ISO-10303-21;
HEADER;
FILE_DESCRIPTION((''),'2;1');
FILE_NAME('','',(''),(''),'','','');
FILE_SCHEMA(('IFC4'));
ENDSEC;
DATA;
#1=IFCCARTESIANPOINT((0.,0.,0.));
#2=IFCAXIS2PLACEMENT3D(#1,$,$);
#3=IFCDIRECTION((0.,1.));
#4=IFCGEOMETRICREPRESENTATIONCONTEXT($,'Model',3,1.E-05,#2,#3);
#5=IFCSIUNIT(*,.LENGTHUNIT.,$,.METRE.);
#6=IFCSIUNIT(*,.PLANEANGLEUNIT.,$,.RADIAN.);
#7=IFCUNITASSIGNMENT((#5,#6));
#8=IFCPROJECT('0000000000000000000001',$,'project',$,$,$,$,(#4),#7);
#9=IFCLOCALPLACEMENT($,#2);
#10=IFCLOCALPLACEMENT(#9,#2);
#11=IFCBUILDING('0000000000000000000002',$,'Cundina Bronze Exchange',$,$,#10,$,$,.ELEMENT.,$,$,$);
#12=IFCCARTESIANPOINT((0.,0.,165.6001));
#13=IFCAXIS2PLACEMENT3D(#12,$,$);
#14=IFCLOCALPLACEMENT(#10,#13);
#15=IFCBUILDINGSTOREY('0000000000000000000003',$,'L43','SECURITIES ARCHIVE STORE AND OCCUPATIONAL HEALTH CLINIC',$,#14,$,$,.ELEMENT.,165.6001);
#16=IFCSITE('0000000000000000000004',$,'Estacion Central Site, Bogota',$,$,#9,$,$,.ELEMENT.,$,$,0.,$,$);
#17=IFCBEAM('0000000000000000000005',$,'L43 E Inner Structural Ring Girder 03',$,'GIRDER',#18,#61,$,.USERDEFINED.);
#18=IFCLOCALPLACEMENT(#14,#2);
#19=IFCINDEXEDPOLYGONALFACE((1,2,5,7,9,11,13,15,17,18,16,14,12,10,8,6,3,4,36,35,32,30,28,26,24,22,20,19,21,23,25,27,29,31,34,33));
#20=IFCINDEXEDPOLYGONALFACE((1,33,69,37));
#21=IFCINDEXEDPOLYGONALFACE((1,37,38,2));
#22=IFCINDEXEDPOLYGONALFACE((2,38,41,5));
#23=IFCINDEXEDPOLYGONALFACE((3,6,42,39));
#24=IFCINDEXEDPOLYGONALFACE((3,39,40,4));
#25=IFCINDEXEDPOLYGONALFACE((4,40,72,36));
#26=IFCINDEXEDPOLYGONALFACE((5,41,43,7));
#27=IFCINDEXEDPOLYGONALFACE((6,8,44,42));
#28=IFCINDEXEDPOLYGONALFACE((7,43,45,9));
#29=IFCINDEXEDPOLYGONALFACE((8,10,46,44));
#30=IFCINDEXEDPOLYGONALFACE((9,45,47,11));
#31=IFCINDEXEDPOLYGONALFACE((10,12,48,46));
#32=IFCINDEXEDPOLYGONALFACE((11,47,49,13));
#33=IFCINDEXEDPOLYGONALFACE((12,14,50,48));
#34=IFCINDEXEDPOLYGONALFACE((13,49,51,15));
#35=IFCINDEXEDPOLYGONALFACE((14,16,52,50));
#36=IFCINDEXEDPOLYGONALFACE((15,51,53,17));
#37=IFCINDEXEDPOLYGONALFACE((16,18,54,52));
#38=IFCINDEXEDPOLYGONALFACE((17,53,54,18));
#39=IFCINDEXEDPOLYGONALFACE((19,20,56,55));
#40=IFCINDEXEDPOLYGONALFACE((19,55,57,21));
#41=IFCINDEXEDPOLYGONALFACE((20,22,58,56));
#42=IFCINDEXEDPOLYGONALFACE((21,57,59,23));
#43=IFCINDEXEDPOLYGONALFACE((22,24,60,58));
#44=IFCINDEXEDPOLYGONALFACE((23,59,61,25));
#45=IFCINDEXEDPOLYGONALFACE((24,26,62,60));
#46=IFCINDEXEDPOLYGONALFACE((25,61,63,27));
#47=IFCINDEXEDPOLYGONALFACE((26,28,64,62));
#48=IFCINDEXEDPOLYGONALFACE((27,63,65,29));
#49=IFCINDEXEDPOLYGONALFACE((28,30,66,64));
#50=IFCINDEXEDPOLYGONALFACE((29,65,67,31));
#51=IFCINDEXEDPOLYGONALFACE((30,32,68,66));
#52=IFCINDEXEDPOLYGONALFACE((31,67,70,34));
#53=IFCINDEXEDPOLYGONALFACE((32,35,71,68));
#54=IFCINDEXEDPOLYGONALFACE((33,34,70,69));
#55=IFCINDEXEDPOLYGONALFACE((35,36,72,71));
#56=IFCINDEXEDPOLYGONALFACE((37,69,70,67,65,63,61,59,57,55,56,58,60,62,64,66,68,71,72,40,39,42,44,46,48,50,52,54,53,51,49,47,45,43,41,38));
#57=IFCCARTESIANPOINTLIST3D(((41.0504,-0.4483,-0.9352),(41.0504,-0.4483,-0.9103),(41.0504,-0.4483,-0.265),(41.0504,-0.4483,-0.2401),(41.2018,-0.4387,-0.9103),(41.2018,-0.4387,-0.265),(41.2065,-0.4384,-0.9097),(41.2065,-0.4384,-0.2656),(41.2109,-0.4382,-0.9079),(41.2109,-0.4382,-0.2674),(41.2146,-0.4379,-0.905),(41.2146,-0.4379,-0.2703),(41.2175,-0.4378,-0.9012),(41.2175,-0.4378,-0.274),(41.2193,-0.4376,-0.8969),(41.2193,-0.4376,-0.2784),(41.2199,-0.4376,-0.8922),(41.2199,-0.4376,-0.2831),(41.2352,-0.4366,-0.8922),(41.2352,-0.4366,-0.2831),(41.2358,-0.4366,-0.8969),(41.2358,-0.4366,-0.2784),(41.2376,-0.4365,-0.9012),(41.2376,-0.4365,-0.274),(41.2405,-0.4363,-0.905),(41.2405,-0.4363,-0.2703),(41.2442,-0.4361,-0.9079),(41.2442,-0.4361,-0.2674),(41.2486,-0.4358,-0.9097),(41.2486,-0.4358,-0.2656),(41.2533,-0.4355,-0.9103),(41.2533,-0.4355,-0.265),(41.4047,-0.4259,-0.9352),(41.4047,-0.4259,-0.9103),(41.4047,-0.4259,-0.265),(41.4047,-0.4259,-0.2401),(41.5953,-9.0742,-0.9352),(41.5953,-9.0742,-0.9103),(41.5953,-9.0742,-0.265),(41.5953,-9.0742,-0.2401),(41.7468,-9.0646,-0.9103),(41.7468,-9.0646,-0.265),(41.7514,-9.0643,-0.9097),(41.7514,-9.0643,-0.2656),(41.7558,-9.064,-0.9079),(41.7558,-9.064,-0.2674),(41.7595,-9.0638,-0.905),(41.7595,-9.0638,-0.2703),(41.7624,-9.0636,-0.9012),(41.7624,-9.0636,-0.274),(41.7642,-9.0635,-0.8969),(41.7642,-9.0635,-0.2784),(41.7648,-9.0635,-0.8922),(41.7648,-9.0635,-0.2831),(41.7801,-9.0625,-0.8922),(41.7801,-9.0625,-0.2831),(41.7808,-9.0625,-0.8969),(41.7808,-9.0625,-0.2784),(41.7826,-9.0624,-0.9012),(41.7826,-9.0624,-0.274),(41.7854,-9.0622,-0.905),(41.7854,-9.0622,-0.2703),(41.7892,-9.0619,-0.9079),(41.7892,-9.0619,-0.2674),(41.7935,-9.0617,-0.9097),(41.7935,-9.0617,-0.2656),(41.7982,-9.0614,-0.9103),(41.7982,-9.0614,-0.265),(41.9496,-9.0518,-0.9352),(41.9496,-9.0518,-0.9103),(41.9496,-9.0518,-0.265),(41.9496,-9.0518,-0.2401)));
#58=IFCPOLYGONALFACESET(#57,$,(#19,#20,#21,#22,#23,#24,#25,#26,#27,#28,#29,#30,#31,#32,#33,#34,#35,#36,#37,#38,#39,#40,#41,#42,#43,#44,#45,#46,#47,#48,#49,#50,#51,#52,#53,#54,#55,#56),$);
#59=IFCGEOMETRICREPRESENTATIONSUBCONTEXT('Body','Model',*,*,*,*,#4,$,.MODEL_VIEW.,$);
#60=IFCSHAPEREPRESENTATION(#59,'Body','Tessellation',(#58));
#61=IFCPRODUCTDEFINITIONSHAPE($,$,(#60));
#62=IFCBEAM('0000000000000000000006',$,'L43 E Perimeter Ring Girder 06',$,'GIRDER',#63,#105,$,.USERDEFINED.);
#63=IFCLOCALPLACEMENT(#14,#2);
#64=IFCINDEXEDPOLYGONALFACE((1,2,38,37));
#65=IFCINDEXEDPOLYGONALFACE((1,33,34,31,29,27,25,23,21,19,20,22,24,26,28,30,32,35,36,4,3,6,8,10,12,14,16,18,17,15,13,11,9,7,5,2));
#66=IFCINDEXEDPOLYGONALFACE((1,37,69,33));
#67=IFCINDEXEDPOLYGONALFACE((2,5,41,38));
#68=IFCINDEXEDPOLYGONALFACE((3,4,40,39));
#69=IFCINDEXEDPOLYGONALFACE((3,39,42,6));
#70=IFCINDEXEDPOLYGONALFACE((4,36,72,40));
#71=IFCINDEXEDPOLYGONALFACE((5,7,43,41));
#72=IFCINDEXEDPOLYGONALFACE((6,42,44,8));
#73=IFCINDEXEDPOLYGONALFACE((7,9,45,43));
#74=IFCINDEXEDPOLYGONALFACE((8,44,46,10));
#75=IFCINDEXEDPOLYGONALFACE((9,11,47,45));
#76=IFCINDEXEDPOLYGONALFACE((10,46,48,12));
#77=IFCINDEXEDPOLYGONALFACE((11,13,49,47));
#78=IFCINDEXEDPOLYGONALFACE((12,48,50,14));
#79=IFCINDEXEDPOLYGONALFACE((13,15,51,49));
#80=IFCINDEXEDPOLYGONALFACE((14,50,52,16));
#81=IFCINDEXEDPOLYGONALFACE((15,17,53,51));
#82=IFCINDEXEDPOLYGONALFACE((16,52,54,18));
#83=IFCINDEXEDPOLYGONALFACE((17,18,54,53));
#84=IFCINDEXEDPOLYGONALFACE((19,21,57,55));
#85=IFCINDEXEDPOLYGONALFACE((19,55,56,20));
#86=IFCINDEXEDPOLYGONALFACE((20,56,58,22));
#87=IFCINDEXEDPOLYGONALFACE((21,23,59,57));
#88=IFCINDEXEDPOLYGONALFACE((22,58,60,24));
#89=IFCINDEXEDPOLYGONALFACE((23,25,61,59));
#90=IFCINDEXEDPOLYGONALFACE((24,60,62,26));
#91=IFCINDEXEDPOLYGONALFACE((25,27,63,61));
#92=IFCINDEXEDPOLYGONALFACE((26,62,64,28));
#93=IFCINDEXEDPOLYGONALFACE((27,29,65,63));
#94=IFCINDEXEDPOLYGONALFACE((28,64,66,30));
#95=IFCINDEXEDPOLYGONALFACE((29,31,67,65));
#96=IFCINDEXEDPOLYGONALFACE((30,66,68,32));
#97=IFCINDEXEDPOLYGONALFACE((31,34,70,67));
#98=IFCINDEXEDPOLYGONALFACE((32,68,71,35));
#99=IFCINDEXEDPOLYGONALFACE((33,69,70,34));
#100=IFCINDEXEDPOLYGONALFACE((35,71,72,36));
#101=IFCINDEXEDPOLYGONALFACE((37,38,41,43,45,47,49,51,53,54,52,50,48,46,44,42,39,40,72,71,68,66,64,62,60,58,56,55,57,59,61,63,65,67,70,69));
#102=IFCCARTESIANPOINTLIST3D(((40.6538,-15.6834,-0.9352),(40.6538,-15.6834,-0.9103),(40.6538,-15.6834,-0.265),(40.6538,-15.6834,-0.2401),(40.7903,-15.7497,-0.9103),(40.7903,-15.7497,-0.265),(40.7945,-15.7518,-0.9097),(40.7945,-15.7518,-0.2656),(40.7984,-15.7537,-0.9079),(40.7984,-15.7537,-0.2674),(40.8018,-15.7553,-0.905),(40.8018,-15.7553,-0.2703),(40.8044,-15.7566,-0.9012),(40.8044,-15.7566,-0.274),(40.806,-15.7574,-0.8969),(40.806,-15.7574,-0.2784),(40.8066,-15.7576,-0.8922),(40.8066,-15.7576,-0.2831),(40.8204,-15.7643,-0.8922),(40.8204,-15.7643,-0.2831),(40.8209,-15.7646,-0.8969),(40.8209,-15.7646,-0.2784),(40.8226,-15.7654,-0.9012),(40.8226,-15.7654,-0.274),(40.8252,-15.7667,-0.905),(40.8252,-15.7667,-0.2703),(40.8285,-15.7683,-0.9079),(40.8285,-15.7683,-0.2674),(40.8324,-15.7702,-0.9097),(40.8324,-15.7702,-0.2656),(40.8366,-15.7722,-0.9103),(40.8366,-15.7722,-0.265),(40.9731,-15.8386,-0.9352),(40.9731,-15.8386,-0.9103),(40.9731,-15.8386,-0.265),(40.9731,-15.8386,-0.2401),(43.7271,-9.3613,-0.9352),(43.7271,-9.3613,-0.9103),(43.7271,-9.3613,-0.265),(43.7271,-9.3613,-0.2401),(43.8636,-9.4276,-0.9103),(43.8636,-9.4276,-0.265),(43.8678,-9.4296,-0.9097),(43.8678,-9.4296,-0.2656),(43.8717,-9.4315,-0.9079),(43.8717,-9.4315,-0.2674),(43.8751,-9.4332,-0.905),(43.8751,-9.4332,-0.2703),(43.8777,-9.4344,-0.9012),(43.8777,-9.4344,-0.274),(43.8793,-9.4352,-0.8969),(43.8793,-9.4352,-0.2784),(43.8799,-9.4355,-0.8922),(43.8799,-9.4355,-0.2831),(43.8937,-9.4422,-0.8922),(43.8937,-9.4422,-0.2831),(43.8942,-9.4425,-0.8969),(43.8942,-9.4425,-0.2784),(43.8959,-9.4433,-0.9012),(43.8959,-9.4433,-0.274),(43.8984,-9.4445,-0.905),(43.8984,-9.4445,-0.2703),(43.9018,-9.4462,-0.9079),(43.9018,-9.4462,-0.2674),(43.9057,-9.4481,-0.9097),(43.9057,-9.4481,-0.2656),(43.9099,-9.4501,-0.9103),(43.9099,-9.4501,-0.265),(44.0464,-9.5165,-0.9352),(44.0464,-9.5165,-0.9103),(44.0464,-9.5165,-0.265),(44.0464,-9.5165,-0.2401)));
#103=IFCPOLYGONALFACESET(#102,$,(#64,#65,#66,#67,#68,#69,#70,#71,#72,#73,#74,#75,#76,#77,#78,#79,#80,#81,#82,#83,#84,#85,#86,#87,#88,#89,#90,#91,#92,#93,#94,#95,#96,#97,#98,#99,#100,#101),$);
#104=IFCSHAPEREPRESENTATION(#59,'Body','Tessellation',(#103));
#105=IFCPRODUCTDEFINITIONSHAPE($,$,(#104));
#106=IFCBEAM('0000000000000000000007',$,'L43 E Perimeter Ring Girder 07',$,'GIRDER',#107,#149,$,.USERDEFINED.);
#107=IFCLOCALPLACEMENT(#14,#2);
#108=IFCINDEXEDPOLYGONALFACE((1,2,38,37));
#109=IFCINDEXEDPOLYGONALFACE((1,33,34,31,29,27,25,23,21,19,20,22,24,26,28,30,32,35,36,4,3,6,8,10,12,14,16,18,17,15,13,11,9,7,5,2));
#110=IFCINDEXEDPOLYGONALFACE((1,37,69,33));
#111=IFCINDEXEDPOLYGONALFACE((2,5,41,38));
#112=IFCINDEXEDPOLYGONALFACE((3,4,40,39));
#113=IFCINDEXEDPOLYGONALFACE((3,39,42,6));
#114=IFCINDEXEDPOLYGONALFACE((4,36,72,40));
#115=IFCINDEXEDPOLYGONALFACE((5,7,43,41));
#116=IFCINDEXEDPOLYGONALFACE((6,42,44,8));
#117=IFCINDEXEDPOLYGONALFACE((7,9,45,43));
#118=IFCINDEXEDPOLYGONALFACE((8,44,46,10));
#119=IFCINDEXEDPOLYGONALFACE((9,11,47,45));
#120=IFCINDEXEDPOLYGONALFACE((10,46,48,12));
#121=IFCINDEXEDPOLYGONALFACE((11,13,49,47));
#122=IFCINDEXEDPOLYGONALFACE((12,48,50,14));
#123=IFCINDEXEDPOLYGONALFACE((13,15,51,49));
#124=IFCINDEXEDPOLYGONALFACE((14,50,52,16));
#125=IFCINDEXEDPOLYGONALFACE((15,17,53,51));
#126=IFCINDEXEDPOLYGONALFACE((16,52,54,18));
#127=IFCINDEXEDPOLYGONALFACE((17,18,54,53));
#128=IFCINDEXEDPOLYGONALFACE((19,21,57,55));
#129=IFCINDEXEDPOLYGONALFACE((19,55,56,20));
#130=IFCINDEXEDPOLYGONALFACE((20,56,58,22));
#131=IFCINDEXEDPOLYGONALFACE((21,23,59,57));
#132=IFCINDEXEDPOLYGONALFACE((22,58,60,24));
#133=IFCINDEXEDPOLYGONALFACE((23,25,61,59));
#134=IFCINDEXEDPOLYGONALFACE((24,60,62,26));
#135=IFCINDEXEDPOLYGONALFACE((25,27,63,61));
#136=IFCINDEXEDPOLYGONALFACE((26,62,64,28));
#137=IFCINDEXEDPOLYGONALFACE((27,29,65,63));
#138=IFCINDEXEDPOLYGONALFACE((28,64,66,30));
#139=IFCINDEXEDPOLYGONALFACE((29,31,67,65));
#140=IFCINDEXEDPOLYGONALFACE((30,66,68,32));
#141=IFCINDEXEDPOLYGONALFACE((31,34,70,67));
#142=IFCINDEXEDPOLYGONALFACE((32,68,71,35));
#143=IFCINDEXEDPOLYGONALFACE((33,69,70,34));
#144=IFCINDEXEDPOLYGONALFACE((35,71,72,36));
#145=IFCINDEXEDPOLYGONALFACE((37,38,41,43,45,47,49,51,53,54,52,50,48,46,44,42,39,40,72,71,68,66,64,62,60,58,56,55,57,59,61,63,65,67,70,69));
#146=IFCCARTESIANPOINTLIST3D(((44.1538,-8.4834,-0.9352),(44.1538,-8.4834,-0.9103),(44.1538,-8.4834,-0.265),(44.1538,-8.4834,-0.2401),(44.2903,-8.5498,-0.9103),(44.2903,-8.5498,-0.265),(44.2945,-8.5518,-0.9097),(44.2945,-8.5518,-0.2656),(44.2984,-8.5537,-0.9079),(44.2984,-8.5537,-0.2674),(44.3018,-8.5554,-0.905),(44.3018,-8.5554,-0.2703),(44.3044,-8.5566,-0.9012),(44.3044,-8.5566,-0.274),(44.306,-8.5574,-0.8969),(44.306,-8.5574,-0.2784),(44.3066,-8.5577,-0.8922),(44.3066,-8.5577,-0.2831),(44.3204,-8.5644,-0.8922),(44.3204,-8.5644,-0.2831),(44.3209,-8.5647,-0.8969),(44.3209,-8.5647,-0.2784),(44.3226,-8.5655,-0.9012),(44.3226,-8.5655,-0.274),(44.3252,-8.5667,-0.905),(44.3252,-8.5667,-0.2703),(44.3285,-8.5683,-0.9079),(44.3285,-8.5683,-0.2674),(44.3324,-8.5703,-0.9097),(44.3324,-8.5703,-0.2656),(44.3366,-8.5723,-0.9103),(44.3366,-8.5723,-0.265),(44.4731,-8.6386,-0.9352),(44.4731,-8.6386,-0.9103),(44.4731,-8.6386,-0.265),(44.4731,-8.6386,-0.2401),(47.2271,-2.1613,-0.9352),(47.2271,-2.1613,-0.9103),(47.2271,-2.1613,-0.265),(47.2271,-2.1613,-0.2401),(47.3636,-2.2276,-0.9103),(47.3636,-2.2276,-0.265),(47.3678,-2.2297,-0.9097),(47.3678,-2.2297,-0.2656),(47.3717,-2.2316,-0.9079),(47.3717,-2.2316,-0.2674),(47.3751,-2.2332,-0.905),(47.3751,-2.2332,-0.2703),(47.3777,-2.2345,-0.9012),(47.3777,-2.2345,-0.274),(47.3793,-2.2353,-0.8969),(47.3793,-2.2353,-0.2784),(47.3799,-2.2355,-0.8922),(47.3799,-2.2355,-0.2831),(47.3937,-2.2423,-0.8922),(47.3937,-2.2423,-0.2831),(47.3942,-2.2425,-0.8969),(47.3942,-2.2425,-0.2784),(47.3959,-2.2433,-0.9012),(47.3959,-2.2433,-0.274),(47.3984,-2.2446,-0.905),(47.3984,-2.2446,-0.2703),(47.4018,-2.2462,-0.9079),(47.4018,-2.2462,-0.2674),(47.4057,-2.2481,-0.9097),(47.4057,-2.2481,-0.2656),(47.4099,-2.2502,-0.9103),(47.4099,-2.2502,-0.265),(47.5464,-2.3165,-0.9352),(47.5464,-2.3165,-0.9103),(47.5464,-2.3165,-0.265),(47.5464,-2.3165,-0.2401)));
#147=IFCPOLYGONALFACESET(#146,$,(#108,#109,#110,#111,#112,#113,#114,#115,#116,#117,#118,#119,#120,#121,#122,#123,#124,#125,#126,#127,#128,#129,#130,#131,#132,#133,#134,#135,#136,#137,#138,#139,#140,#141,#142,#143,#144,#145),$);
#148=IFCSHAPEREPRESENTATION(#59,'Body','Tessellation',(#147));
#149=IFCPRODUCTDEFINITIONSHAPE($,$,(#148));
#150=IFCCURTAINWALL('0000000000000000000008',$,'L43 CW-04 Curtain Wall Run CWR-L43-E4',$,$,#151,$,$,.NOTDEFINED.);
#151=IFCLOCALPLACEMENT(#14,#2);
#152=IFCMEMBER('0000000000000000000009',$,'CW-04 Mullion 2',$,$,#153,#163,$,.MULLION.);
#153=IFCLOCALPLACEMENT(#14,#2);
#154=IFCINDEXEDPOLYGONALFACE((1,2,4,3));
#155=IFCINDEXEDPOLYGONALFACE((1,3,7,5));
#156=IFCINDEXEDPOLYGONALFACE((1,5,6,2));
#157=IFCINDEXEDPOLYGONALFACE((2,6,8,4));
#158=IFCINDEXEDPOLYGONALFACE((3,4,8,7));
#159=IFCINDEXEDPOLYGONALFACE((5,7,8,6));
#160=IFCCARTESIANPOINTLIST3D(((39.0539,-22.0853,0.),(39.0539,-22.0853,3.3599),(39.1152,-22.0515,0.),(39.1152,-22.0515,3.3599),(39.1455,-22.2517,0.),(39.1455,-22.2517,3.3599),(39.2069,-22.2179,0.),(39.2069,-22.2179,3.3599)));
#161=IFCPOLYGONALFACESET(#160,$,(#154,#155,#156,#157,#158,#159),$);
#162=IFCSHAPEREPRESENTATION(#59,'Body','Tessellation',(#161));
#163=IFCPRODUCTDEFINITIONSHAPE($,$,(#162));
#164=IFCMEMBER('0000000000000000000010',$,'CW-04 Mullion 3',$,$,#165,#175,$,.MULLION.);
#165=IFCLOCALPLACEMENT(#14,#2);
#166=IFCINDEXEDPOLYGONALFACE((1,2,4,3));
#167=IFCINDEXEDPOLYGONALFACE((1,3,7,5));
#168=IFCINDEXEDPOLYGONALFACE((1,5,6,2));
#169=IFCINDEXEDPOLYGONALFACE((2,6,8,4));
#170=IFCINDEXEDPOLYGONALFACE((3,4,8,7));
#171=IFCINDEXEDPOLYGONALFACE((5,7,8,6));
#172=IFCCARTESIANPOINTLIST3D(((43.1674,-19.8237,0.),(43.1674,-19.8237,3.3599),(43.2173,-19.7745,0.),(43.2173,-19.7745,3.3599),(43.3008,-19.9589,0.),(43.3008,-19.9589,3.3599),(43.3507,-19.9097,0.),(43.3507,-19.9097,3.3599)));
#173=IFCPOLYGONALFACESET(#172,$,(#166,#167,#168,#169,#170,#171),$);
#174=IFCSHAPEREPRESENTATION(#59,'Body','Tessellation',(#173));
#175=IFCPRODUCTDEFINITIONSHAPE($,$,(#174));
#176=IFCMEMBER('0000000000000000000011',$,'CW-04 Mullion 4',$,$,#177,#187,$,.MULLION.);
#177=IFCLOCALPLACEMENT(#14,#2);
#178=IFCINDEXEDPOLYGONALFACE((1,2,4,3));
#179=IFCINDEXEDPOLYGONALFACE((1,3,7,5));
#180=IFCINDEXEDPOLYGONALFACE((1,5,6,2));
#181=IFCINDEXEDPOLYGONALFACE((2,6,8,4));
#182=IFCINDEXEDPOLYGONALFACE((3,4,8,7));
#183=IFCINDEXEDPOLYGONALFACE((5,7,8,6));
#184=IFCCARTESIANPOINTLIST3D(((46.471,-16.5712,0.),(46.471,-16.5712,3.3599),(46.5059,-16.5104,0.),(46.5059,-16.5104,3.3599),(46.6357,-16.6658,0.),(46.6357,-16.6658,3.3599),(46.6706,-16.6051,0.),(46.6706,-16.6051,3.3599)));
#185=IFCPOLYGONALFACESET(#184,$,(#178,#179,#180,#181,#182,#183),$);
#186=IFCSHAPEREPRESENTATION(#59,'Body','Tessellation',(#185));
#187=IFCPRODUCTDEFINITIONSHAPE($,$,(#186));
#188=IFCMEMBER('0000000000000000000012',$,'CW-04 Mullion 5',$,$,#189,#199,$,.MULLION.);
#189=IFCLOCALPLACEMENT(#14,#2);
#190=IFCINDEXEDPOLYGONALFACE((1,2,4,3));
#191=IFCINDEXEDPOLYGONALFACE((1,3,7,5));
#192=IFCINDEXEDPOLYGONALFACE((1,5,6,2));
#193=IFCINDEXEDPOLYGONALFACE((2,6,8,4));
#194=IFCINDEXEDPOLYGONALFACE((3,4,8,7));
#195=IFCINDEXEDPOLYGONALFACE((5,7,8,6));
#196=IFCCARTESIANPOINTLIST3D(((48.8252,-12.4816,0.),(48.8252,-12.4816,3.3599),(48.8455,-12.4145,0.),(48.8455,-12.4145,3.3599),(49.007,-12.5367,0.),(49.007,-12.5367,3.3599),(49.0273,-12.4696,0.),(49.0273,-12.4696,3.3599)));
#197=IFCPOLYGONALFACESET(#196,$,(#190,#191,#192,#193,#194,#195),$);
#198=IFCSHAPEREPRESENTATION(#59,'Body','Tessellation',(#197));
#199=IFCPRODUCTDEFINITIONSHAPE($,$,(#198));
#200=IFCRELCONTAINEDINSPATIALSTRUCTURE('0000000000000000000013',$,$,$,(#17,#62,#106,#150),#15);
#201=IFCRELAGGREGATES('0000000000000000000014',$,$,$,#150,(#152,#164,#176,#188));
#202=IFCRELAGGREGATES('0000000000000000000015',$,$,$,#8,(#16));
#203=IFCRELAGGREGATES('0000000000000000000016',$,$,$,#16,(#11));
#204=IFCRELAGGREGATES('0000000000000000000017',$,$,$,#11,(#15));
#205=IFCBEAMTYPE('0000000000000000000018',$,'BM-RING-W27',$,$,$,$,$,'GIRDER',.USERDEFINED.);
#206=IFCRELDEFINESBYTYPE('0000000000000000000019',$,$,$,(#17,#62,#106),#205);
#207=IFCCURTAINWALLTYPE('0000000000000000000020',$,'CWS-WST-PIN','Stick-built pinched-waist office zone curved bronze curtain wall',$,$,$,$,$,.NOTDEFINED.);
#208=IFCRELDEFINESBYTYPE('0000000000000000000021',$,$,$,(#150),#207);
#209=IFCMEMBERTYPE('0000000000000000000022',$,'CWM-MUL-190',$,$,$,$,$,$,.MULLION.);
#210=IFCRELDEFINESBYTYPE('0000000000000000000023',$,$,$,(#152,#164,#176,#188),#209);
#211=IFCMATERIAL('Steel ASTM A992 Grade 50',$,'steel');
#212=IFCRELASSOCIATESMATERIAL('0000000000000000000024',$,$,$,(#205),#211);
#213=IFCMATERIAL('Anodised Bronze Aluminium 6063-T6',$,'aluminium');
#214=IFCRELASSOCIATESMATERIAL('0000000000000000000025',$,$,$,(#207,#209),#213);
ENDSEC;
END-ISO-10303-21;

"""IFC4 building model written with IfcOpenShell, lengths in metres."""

from ifc_helpers import new_model, si_unit, direction, frame, origin, origin_2d, place, context, subcontext, project, spatial, rectangle, i_section, extrude, material, material_profile, profile_set, type_object, element, aggregate, save


model = new_model("IFC4")

# Units and contexts
model_context = context("Model", 3, precision=1e-05, world=origin(), true_north=direction((0.0, 1.0)))
body_context = subcontext(model_context, "Body", "Model", "MODEL_VIEW")
ifc_project = project(units=[si_unit("LENGTHUNIT", "METRE"), si_unit("PLANEANGLEUNIT", "RADIAN")], contexts=[model_context])

# Site, building, storey
site_placement = place(None, origin())
site = spatial("IfcSite", under=ifc_project, at=site_placement, Name="Estacion Central Site, Bogota", CompositionType="ELEMENT", RefElevation=0.0)
building_placement = place(site_placement, origin())
building = spatial("IfcBuilding", under=site, at=building_placement, Name="Cundina Bronze Exchange", CompositionType="ELEMENT")
storey_placement = place(building_placement, frame((0.0, 0.0, 165.6001)))
storey = spatial("IfcBuildingStorey", under=building, at=storey_placement, Name="L43", Description="SECURITIES ARCHIVE STORE AND OCCUPATIONAL HEALTH CLINIC", CompositionType="ELEMENT", Elevation=165.6001)

# Beams
ifc_material_1 = material(Name="Steel ASTM A992 Grade 50", Category="steel")
ifc_material_profile_1 = material_profile(ifc_material_1, i_section(OverallWidth=0.355, OverallDepth=0.6951, WebThickness=0.0154, FlangeThickness=0.0249, FilletRadius=0.0181, at=origin_2d()), Name="W27X146", Category="steel")
ifc_profile_set_1 = profile_set([ifc_material_profile_1], Name="Steel ASTM A992 Grade 50")
beam_type_1 = type_object("IfcBeamType", Name="BM-RING-W27", ElementType="GIRDER", PredefinedType="USERDEFINED", material=ifc_profile_set_1)
beam_1_placement = place(storey_placement, frame((41.7725, -9.063, -0.5876), z_axis=(-0.063047, 0.998011, 0.0), x_axis=(-0.998011, -0.063047, 0.0)))
element("IfcBeam", 1, at=beam_1_placement, inside=storey, type_object=beam_type_1, Name="L43 E Inner Structural Ring Girder 03", ObjectType="GIRDER", PredefinedType="USERDEFINED", context=body_context, shape_type="SweptSolid", body=[
    extrude(i_section(OverallWidth=0.355, OverallDepth=0.6951, WebThickness=0.0154, FlangeThickness=0.0249, FilletRadius=0.0181, at=origin_2d()), origin(), (0.0, 0.0, 1.0), 8.6431),
])
for number, where, z_axis, x_axis, name in (
    (2, (40.8135, -15.761, -0.5876), (0.437197, 0.899366, 0.0), (-0.899366, 0.437197, 0.0), "L43 E Perimeter Ring Girder 06"),
    (3, (44.3135, -8.561, -0.5876), (0.437197, 0.899366, 0.0), (-0.899366, 0.437197, 0.0), "L43 E Perimeter Ring Girder 07"),
):
    element("IfcBeam", number, at=place(storey_placement, frame(where, z_axis=z_axis, x_axis=x_axis)), inside=storey, type_object=beam_type_1, Name=name, ObjectType="GIRDER", PredefinedType="USERDEFINED", context=body_context, shape_type="SweptSolid", body=[
        extrude(i_section(OverallWidth=0.355, OverallDepth=0.6951, WebThickness=0.0154, FlangeThickness=0.0249, FilletRadius=0.0181, at=origin_2d()), origin(), (0.0, 0.0, 1.0), 7.0295),
    ])

# Curtain wall, members
ifc_material_2 = material(Name="Anodised Bronze Aluminium 6063-T6", Category="aluminium")
curtain_wall_type = type_object("IfcCurtainWallType", Name="CWS-WST-PIN", Description="Stick-built pinched-waist office zone curved bronze curtain wall", PredefinedType="NOTDEFINED", material=ifc_material_2)
curtain_wall_placement = place(storey_placement, origin())
curtain_wall = element("IfcCurtainWall", 4, at=curtain_wall_placement, inside=storey, type_object=curtain_wall_type, Name="L43 CW-04 Curtain Wall Run CWR-L43-E4", PredefinedType="NOTDEFINED")
ifc_material_profile_2 = material_profile(ifc_material_2, rectangle(XDim=0.0701, YDim=0.1899, at=origin_2d()), Name="AL70X190", Category="aluminium")
ifc_profile_set_2 = profile_set([ifc_material_profile_2], Name="Anodised Bronze Aluminium 6063-T6")
member_type_1 = type_object("IfcMemberType", Name="CWM-MUL-190", PredefinedType="MULLION", material=ifc_profile_set_2)
member_1_placement = place(storey_placement, frame((39.1304, -22.1516, 0.0), z_axis=(0.0, 0.0, 1.0), x_axis=(0.875886, 0.482518, 0.0)))
member_1 = element("IfcMember", 5, at=member_1_placement, type_object=member_type_1, Name="CW-04 Mullion 2", PredefinedType="MULLION", context=body_context, shape_type="SweptSolid", body=[
    extrude(rectangle(XDim=0.0701, YDim=0.1899, at=origin_2d()), origin(), (0.0, 0.0, 1.0), 3.3599),
])
member_2_placement = place(storey_placement, frame((43.259, -19.8667, 0.0), z_axis=(0.0, 0.0, 1.0), x_axis=(0.712026, 0.702153, 0.0)))
member_2 = element("IfcMember", 6, at=member_2_placement, type_object=member_type_1, Name="CW-04 Mullion 3", PredefinedType="MULLION", context=body_context, shape_type="SweptSolid", body=[
    extrude(rectangle(XDim=0.0701, YDim=0.1899, at=origin_2d()), origin(), (0.0, 0.0, 1.0), 3.3599),
])
member_3_placement = place(storey_placement, frame((46.5708, -16.5881, 0.0), z_axis=(0.0, 0.0, 1.0), x_axis=(0.498488, 0.866897, 0.0)))
member_3 = element("IfcMember", 7, at=member_3_placement, type_object=member_type_1, Name="CW-04 Mullion 4", PredefinedType="MULLION", context=body_context, shape_type="SweptSolid", body=[
    extrude(rectangle(XDim=0.0701, YDim=0.1899, at=origin_2d()), origin(), (0.0, 0.0, 1.0), 3.3599),
])
member_4_placement = place(storey_placement, frame((48.9263, -12.4756, 0.0), z_axis=(0.0, 0.0, 1.0), x_axis=(0.290034, 0.957016, 0.0)))
member_4 = element("IfcMember", 8, at=member_4_placement, type_object=member_type_1, Name="CW-04 Mullion 5", PredefinedType="MULLION", context=body_context, shape_type="SweptSolid", body=[
    extrude(rectangle(XDim=0.0701, YDim=0.1899, at=origin_2d()), origin(), (0.0, 0.0, 1.0), 3.3599),
])
aggregate(curtain_wall, [member_1, member_2, member_3, member_4])

save(model, "model.ifc")
